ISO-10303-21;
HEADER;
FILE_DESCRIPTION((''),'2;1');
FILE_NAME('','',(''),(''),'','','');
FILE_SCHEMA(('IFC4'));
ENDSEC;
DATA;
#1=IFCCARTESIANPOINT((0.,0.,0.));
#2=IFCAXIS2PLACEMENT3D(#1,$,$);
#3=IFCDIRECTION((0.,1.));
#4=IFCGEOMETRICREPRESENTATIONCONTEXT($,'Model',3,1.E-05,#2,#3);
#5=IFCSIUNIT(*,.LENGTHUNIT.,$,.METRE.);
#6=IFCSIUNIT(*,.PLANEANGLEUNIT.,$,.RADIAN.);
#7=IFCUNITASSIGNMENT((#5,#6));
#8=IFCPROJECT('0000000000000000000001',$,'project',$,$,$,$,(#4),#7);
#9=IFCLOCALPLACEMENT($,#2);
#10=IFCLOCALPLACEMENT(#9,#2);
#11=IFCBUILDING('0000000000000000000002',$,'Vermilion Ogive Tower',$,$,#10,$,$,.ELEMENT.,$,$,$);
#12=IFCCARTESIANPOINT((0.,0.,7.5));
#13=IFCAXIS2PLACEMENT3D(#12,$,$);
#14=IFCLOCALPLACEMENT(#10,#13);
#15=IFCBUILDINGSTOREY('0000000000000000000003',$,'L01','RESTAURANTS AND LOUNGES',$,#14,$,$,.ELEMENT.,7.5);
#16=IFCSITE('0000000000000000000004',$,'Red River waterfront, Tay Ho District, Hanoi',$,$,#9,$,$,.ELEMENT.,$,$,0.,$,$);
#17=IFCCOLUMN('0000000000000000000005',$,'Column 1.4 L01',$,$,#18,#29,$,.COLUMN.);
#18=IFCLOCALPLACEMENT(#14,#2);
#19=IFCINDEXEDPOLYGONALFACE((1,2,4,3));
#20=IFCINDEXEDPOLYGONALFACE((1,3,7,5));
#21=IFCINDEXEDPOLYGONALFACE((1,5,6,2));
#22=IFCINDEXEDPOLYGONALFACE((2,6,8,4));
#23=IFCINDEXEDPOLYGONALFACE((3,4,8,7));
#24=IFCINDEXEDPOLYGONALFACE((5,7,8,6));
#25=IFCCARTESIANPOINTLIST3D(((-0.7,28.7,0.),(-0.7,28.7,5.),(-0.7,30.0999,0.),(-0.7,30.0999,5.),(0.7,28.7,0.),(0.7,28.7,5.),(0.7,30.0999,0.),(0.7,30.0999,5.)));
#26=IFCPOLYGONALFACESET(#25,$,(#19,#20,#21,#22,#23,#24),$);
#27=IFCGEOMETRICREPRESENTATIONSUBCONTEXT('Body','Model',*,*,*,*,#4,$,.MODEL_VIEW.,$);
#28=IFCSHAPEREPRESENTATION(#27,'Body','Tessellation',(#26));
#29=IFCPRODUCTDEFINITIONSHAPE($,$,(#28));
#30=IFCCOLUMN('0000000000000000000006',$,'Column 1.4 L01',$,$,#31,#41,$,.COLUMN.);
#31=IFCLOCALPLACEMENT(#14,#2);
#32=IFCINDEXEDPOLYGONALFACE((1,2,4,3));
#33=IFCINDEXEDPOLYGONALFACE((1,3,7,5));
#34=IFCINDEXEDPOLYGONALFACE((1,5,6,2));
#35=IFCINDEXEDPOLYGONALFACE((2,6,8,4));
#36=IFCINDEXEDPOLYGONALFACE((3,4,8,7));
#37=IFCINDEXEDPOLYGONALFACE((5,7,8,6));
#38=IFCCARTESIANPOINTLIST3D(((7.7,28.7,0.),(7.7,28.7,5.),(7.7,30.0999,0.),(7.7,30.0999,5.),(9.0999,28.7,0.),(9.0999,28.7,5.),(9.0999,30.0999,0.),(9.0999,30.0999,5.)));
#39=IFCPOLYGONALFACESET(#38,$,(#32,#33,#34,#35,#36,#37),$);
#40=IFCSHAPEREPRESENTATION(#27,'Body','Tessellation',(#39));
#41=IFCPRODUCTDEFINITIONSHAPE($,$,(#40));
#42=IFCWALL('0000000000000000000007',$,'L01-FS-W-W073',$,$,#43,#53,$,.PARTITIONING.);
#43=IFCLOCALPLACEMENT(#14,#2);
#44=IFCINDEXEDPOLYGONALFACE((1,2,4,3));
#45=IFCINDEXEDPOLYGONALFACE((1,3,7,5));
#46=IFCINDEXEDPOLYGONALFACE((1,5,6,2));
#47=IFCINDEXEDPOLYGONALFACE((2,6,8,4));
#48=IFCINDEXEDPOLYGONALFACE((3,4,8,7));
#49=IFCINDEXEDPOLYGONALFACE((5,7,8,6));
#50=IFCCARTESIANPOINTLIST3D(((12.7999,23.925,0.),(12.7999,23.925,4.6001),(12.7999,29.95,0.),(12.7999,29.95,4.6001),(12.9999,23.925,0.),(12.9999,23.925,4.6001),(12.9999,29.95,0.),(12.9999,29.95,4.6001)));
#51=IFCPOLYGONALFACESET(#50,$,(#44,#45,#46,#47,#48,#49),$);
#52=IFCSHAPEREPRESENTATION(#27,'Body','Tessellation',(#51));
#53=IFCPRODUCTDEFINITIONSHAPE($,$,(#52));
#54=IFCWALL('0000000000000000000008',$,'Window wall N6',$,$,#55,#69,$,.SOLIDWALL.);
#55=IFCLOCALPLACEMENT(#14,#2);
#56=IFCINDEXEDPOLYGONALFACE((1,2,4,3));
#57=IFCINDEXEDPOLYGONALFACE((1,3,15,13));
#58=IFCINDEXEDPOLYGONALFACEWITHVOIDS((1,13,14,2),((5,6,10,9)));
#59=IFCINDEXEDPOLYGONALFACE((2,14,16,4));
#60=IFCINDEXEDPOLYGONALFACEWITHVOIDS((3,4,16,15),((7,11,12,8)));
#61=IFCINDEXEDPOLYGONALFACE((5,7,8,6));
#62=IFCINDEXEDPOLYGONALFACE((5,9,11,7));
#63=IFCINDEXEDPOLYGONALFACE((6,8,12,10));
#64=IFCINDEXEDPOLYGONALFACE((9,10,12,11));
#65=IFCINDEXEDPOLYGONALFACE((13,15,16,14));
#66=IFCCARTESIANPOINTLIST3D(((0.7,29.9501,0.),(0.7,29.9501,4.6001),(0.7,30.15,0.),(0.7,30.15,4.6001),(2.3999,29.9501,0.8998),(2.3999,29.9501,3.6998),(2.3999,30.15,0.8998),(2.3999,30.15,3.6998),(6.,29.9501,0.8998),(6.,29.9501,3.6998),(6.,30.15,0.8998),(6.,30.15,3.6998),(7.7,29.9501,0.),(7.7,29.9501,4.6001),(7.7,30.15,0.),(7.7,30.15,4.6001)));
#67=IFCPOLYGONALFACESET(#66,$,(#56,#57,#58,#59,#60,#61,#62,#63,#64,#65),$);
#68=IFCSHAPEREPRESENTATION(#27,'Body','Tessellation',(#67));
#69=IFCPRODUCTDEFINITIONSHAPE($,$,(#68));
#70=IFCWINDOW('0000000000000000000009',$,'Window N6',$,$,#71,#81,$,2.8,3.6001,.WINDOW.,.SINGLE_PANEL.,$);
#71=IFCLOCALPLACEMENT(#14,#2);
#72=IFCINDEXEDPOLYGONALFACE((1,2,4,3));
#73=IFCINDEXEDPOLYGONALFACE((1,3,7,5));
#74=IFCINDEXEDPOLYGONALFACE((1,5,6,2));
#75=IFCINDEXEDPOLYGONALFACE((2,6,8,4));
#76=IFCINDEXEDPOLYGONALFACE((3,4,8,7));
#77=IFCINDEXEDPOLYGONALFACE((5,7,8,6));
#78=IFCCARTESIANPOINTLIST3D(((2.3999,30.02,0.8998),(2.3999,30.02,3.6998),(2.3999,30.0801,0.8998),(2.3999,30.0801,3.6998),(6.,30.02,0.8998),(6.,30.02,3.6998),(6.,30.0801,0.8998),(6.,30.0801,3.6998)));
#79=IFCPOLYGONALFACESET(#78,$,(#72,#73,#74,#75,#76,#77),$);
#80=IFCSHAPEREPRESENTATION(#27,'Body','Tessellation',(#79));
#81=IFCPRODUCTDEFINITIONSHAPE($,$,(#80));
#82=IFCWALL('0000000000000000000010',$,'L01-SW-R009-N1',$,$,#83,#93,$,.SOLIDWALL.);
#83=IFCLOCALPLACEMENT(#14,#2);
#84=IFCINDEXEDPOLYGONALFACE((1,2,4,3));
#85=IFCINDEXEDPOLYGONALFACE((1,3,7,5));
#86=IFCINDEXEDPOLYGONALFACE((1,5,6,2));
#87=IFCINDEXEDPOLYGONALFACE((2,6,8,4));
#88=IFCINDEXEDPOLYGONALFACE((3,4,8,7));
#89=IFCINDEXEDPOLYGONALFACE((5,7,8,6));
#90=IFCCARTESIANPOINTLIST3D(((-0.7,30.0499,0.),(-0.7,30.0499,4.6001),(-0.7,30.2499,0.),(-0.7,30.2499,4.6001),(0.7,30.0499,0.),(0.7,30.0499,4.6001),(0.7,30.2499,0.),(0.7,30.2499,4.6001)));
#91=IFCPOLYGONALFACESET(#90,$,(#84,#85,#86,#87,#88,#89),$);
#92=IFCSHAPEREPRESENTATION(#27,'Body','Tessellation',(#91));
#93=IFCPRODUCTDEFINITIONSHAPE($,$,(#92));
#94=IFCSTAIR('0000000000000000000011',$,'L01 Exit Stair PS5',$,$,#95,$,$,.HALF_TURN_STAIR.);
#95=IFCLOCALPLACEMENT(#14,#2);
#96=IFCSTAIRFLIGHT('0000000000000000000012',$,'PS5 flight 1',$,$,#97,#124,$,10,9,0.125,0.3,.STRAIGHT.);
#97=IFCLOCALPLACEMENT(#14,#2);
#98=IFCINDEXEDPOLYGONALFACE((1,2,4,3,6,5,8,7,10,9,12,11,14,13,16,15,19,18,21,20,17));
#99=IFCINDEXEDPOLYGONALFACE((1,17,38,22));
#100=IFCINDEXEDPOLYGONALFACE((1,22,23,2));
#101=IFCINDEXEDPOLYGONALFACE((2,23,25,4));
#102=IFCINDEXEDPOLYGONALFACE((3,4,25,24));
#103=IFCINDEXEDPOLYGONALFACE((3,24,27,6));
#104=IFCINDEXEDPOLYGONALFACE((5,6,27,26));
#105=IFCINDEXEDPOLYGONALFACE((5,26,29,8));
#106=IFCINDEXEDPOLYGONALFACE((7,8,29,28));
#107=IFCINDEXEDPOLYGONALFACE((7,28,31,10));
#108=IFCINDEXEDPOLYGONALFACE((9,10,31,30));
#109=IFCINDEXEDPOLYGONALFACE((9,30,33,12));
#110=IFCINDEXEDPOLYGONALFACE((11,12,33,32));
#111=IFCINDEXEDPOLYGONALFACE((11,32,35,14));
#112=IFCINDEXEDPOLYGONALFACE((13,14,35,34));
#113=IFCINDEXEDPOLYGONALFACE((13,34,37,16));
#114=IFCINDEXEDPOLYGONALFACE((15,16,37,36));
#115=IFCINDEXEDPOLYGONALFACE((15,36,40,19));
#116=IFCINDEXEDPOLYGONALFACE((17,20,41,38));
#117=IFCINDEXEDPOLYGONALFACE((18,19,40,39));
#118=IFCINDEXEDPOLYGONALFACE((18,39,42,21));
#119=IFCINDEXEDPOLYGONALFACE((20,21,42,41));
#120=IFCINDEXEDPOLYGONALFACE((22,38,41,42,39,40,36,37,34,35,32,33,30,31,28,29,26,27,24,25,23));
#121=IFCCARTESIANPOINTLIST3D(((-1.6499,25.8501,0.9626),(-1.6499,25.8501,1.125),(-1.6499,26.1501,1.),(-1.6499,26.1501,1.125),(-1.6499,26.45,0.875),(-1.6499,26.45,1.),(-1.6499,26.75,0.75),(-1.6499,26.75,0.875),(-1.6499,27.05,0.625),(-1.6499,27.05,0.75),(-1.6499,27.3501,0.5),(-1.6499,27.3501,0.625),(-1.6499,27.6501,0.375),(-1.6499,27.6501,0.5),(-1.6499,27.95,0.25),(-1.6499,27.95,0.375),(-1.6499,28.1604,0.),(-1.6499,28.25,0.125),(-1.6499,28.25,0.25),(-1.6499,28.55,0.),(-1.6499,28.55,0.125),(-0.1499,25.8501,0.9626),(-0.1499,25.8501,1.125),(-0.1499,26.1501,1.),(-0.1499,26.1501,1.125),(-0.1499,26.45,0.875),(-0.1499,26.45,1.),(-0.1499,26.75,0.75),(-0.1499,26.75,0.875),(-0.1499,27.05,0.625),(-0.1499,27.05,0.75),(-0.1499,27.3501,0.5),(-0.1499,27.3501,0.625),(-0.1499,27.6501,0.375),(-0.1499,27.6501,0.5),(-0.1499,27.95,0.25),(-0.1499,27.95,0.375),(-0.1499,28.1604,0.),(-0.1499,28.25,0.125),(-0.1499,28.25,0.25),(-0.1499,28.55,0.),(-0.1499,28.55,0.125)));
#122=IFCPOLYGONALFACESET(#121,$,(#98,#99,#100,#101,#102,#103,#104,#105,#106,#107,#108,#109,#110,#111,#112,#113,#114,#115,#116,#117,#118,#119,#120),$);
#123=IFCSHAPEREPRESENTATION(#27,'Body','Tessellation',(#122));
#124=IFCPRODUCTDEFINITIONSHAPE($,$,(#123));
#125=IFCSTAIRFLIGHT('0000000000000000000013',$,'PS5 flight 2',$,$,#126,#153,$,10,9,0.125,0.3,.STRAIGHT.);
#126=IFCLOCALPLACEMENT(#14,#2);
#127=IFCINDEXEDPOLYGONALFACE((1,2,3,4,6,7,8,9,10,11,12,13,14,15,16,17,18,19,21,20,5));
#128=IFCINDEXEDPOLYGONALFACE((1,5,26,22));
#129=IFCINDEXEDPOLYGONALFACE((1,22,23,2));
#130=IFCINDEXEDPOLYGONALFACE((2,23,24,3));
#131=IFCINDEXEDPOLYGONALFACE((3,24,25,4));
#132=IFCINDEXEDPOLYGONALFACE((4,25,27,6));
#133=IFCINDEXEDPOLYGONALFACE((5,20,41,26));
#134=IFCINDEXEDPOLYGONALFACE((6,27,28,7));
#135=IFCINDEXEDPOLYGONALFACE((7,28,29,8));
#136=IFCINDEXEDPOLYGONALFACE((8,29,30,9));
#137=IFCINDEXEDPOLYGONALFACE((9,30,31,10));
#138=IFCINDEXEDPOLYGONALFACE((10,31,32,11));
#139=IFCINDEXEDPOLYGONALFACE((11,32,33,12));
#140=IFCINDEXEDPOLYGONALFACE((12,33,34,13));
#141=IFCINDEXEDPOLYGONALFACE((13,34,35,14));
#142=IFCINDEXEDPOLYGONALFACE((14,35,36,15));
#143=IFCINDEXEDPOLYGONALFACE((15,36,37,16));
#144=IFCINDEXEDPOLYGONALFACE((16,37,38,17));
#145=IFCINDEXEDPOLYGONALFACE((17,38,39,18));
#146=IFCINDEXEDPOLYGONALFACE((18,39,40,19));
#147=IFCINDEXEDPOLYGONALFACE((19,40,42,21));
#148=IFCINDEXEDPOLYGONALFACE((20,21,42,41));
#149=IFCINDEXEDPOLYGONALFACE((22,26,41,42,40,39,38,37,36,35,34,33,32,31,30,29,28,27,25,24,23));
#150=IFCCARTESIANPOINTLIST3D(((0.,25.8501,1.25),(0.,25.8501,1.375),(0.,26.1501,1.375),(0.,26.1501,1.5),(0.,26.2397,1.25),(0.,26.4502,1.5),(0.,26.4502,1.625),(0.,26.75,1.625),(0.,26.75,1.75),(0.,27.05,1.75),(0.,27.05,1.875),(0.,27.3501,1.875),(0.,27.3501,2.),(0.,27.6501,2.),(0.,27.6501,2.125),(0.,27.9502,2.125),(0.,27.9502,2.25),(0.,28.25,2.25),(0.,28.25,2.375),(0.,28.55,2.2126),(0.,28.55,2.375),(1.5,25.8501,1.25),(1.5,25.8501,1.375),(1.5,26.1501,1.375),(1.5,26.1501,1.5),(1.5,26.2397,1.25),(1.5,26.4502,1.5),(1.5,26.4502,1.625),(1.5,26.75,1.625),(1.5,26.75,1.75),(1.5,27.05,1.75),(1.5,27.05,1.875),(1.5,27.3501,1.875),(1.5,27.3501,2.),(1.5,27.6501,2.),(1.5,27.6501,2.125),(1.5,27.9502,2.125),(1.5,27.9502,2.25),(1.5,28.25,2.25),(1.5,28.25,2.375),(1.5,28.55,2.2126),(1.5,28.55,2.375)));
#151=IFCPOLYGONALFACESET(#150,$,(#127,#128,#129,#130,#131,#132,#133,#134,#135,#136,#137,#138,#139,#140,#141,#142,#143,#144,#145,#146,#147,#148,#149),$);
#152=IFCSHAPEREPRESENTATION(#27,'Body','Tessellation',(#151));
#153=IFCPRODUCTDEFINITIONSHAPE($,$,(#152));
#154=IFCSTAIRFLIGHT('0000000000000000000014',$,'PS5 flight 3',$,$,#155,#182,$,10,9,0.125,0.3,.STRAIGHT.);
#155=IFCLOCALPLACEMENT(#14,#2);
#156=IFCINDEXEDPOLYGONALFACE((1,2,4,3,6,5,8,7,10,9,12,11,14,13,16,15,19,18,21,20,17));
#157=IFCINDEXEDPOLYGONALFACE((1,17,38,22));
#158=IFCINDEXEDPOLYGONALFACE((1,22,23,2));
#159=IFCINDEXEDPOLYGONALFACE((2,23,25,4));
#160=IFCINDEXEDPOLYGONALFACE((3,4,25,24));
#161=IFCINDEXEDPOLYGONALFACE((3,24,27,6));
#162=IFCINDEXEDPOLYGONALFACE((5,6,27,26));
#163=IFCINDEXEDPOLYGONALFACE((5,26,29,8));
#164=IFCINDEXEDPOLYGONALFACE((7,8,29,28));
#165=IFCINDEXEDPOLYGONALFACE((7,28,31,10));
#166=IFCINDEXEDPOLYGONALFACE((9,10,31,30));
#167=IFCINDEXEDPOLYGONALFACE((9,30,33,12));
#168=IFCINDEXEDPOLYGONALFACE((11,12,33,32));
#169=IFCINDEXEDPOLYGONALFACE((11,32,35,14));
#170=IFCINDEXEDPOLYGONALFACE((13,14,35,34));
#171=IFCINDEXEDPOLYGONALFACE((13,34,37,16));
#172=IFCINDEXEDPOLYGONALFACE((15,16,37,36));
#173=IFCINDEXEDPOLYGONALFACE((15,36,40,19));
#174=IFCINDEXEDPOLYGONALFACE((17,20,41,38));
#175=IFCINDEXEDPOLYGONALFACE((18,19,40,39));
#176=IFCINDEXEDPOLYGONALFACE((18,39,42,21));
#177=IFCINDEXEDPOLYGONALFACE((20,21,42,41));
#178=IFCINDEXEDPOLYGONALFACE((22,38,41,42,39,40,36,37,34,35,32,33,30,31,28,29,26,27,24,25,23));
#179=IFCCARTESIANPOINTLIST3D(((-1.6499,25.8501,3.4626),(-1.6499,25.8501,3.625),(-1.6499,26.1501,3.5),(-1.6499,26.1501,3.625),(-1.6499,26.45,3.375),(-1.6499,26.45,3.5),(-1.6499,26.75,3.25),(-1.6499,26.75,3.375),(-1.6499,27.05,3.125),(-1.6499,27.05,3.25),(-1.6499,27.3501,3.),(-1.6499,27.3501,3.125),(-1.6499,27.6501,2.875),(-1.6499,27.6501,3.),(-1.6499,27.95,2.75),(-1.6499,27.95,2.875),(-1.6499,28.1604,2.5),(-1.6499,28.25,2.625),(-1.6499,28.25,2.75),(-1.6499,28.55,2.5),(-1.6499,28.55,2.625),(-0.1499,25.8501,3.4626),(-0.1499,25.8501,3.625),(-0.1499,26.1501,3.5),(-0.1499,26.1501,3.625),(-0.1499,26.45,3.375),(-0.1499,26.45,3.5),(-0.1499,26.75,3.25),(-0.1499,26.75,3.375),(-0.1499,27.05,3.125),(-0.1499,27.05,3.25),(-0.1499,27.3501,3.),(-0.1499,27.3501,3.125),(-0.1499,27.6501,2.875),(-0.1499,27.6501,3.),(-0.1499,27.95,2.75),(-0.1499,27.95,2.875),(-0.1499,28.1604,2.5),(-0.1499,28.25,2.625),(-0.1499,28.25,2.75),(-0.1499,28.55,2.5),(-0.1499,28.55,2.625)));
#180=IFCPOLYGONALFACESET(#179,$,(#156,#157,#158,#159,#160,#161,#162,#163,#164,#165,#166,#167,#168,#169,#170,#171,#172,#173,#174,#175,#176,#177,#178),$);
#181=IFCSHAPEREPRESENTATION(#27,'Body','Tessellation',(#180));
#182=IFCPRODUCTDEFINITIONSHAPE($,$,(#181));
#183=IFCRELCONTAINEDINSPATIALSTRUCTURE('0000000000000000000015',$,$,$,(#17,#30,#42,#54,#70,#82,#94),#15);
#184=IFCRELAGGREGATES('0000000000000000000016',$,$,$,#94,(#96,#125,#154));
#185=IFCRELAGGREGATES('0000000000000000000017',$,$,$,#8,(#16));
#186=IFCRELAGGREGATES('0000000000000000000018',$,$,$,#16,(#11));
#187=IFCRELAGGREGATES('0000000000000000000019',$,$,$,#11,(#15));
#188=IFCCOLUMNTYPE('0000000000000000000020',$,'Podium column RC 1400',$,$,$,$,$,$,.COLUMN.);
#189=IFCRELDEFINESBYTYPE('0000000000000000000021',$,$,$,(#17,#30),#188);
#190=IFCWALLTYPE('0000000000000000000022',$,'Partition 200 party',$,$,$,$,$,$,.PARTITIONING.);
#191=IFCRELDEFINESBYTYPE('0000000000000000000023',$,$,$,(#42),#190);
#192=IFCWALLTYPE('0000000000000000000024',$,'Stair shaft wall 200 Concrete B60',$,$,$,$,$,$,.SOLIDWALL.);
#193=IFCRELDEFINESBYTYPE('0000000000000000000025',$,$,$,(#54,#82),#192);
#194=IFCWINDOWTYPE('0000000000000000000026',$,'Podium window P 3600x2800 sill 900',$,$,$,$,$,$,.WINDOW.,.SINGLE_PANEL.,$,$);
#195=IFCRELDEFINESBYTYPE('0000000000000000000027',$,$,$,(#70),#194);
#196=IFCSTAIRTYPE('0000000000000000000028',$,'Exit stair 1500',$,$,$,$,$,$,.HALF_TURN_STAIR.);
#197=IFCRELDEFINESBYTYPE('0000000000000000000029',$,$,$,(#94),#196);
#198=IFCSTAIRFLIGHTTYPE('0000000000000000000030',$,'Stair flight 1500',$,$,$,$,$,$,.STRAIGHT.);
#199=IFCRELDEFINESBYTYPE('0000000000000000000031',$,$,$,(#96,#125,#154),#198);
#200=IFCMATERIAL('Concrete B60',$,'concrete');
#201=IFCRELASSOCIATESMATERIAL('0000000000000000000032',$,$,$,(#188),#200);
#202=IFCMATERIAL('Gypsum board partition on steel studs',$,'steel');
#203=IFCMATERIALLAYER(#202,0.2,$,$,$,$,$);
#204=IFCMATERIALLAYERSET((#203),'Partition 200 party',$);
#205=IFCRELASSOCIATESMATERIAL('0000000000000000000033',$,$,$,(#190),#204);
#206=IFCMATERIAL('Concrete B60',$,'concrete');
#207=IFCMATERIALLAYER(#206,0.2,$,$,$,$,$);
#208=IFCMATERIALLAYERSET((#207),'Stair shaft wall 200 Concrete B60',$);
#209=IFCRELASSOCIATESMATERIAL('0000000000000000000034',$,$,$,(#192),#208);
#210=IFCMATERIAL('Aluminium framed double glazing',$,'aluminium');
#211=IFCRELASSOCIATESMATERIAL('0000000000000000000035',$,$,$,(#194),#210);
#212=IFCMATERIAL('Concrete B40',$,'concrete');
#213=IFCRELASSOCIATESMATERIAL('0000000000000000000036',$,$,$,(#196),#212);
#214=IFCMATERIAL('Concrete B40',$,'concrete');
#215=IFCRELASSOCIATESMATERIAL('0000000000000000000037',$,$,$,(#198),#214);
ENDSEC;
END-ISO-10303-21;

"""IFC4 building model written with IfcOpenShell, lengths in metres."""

from ifc_helpers import new_model, si_unit, direction, frame, frame_2d, origin, origin_2d, place, context, subcontext, project, spatial, polyline, rectangle, outline, extrude, material, layer, layer_set, material_profile, profile_set, type_object, element, fill, aggregate, save


model = new_model("IFC4")

# Units and contexts
model_context = context("Model", 3, precision=1e-05, world=origin(), true_north=direction((0.0, 1.0)))
body_context = subcontext(model_context, "Body", "Model", "MODEL_VIEW")
ifc_project = project(units=[si_unit("LENGTHUNIT", "METRE"), si_unit("PLANEANGLEUNIT", "RADIAN")], contexts=[model_context])

# Site, building, storey
site_placement = place(None, origin())
site = spatial("IfcSite", under=ifc_project, at=site_placement, Name="Red River waterfront, Tay Ho District, Hanoi", CompositionType="ELEMENT", RefElevation=0.0)
building_placement = place(site_placement, origin())
building = spatial("IfcBuilding", under=site, at=building_placement, Name="Vermilion Ogive Tower", CompositionType="ELEMENT")
storey_placement = place(building_placement, frame((0.0, 0.0, 7.5)))
storey = spatial("IfcBuildingStorey", under=building, at=storey_placement, Name="L01", Description="RESTAURANTS AND LOUNGES", CompositionType="ELEMENT", Elevation=7.5)

# Columns
ifc_material_1 = material(Name="Concrete B60", Category="concrete")
ifc_material_profile = material_profile(ifc_material_1, rectangle(XDim=1.3999, YDim=1.3999, at=origin_2d()), Name="RC 1400x1400")
ifc_profile_set = profile_set([ifc_material_profile], Name="Concrete B60")
column_type = type_object("IfcColumnType", Name="Podium column RC 1400", PredefinedType="COLUMN", material=ifc_profile_set)
for number, where, z_axis, x_axis, name in (
    (1, (0.0, 29.3999, 0.0), (0.0, 0.0, 1.0), (1.0, 0.0, 0.0), "Column 1.4 L01"),
    (2, (8.3999, 29.3999, 0.0), (0.0, 0.0, 1.0), (1.0, 0.0, 0.0), "Column 1.4 L01"),
):
    element("IfcColumn", number, at=place(storey_placement, frame(where, z_axis=z_axis, x_axis=x_axis)), inside=storey, type_object=column_type, Name=name, PredefinedType="COLUMN", context=body_context, shape_type="SweptSolid", body=[
        extrude(rectangle(XDim=1.3999, YDim=1.3999, at=origin_2d()), origin(), (0.0, 0.0, 1.0), 5.0),
    ])

# Wall
ifc_material_2 = material(Name="Gypsum board partition on steel studs", Category="steel")
ifc_layer_1 = layer(ifc_material_2, 0.2)
ifc_layer_set_1 = layer_set([ifc_layer_1], Name="Partition 200 party")
wall_type_1 = type_object("IfcWallType", Name="Partition 200 party", PredefinedType="PARTITIONING", material=ifc_layer_set_1)
wall_1_placement = place(storey_placement, frame((12.8999, 23.925, 0.0), z_axis=(0.0, 0.0, 1.0), x_axis=(0.0, 1.0, 0.0)))
element("IfcWall", 3, at=wall_1_placement, inside=storey, type_object=wall_type_1, Name="L01-FS-W-W073", PredefinedType="PARTITIONING", context=body_context, shape_type="SweptSolid", body=[
    extrude(rectangle(XDim=6.0249, YDim=0.2, at=frame_2d((3.0125, 0.0))), origin(), (0.0, 0.0, 1.0), 4.6001),
])

# Wall, opening, window
ifc_material_3 = material(Name="Concrete B60", Category="concrete")
ifc_layer_2 = layer(ifc_material_3, 0.2)
ifc_layer_set_2 = layer_set([ifc_layer_2], Name="Stair shaft wall 200 Concrete B60")
wall_type_2 = type_object("IfcWallType", Name="Stair shaft wall 200 Concrete B60", PredefinedType="SOLIDWALL", material=ifc_layer_set_2)
wall_2_placement = place(storey_placement, frame((0.7, 30.05, 0.0), z_axis=(0.0, 0.0, 1.0), x_axis=(1.0, 0.0, 0.0)))
wall_2 = element("IfcWall", 4, at=wall_2_placement, inside=storey, type_object=wall_type_2, Name="Window wall N6", PredefinedType="SOLIDWALL", context=body_context, shape_type="SweptSolid", body=[
    extrude(rectangle(XDim=7.0, YDim=0.2, at=frame_2d((3.5, 0.0))), origin(), (0.0, 0.0, 1.0), 4.6001),
])
opening_placement = place(wall_2_placement, frame((1.7, 0.0, 0.8999)))
opening = element("IfcOpeningElement", 5, at=opening_placement, cuts=wall_2, PredefinedType="OPENING", context=body_context, shape_type="SweptSolid", body=[
    extrude(rectangle(XDim=3.6001, YDim=2.8, at=frame_2d((1.8, 1.3999))), frame((0.0, 0.1099, 0.0), z_axis=(0.0, -1.0, 0.0), x_axis=(1.0, 0.0, 0.0)), (0.0, 0.0, 1.0), 0.22),
])
ifc_material_4 = material(Name="Aluminium framed double glazing", Category="aluminium")
window_type = type_object("IfcWindowType", Name="Podium window P 3600x2800 sill 900", PartitioningType="SINGLE_PANEL", PredefinedType="WINDOW", material=ifc_material_4)
window_placement = place(opening_placement, origin())
window = element("IfcWindow", 6, at=window_placement, inside=storey, type_object=window_type, Name="Window N6", OverallHeight=2.8, OverallWidth=3.6001, PartitioningType="SINGLE_PANEL", PredefinedType="WINDOW", context=body_context, shape_type="SweptSolid", body=[
    extrude(rectangle(XDim=3.6001, YDim=2.8, at=frame_2d((1.8, 1.3999))), frame((0.0, 0.03, 0.0), z_axis=(0.0, -1.0, 0.0), x_axis=(1.0, 0.0, 0.0)), (0.0, 0.0, 1.0), 0.0601),
])
fill(opening, window)

# Wall
wall_3_placement = place(storey_placement, frame((-0.7, 30.1499, 0.0), z_axis=(0.0, 0.0, 1.0), x_axis=(1.0, 0.0, 0.0)))
element("IfcWall", 7, at=wall_3_placement, inside=storey, type_object=wall_type_2, Name="L01-SW-R009-N1", PredefinedType="SOLIDWALL", context=body_context, shape_type="SweptSolid", body=[
    extrude(rectangle(XDim=1.3999, YDim=0.2, at=frame_2d((0.7, 0.0))), origin(), (0.0, 0.0, 1.0), 4.6001),
])

# Stair, stair flights
ifc_material_5 = material(Name="Concrete B40", Category="concrete")
stair_type = type_object("IfcStairType", Name="Exit stair 1500", PredefinedType="HALF_TURN_STAIR", material=ifc_material_5)
stair_placement = place(storey_placement, origin())
stair = element("IfcStair", 8, at=stair_placement, inside=storey, type_object=stair_type, Name="L01 Exit Stair PS5", PredefinedType="HALF_TURN_STAIR")
ifc_material_6 = material(Name="Concrete B40", Category="concrete")
stair_flight_type = type_object("IfcStairFlightType", Name="Stair flight 1500", PredefinedType="STRAIGHT", material=ifc_material_6)
stair_flight_1_placement = place(storey_placement, frame((-0.8999, 28.55, 0.0), z_axis=(0.0, 0.0, 1.0), x_axis=(0.0, -1.0, 0.0)))
stair_flight_1 = element("IfcStairFlight", 9, at=stair_flight_1_placement, type_object=stair_flight_type, Name="PS5 flight 1", NumberOfRisers=10, NumberOfTreads=9, PredefinedType="STRAIGHT", RiserHeight=0.125, TreadLength=0.3, context=body_context, shape_type="SweptSolid", body=[
    extrude(outline(polyline([(0.0, 0.0), (0.0, 0.125), (0.3, 0.125), (0.3, 0.25), (0.6001, 0.25), (0.6001, 0.375), (0.8999, 0.375), (0.8999, 0.5), (1.2, 0.5), (1.2, 0.625), (1.5, 0.625), (1.5, 0.75), (1.8, 0.75), (1.8, 0.875), (2.1001, 0.875), (2.1001, 1.0), (2.3999, 1.0), (2.3999, 1.125), (2.7, 1.125), (2.7, 1.25), (2.7, 0.9626), (0.3896, 0.0), (0.0, 0.0)])), frame((0.0, 0.75, 0.0), z_axis=(0.0, -1.0, 0.0), x_axis=(1.0, 0.0, 0.0)), (0.0, 0.0, 1.0), 1.5),
])
stair_flight_2_placement = place(storey_placement, frame((0.75, 25.8501, 1.25), z_axis=(0.0, 0.0, 1.0), x_axis=(0.0, 1.0, 0.0)))
stair_flight_2 = element("IfcStairFlight", 10, at=stair_flight_2_placement, type_object=stair_flight_type, Name="PS5 flight 2", NumberOfRisers=10, NumberOfTreads=9, PredefinedType="STRAIGHT", RiserHeight=0.125, TreadLength=0.3, context=body_context, shape_type="SweptSolid", body=[
    extrude(outline(polyline([(0.0, 0.0), (0.0, 0.125), (0.3, 0.125), (0.3, 0.25), (0.6001, 0.25), (0.6001, 0.375), (0.8999, 0.375), (0.8999, 0.5), (1.2, 0.5), (1.2, 0.625), (1.5, 0.625), (1.5, 0.75), (1.8, 0.75), (1.8, 0.875), (2.1001, 0.875), (2.1001, 1.0), (2.3999, 1.0), (2.3999, 1.125), (2.7, 1.125), (2.7, 1.25), (2.7, 0.9626), (0.3896, 0.0), (0.0, 0.0)])), frame((0.0, 0.75, 0.0), z_axis=(0.0, -1.0, 0.0), x_axis=(1.0, 0.0, 0.0)), (0.0, 0.0, 1.0), 1.5),
])
stair_flight_3_placement = place(storey_placement, frame((-0.8999, 28.55, 2.5), z_axis=(0.0, 0.0, 1.0), x_axis=(0.0, -1.0, 0.0)))
stair_flight_3 = element("IfcStairFlight", 11, at=stair_flight_3_placement, type_object=stair_flight_type, Name="PS5 flight 3", NumberOfRisers=10, NumberOfTreads=9, PredefinedType="STRAIGHT", RiserHeight=0.125, TreadLength=0.3, context=body_context, shape_type="SweptSolid", body=[
    extrude(outline(polyline([(0.0, 0.0), (0.0, 0.125), (0.3, 0.125), (0.3, 0.25), (0.6001, 0.25), (0.6001, 0.375), (0.8999, 0.375), (0.8999, 0.5), (1.2, 0.5), (1.2, 0.625), (1.5, 0.625), (1.5, 0.75), (1.8, 0.75), (1.8, 0.875), (2.1001, 0.875), (2.1001, 1.0), (2.3999, 1.0), (2.3999, 1.125), (2.7, 1.125), (2.7, 1.25), (2.7, 0.9626), (0.3896, 0.0), (0.0, 0.0)])), frame((0.0, 0.75, 0.0), z_axis=(0.0, -1.0, 0.0), x_axis=(1.0, 0.0, 0.0)), (0.0, 0.0, 1.0), 1.5),
])
aggregate(stair, [stair_flight_1, stair_flight_2, stair_flight_3])

save(model, "model.ifc")
